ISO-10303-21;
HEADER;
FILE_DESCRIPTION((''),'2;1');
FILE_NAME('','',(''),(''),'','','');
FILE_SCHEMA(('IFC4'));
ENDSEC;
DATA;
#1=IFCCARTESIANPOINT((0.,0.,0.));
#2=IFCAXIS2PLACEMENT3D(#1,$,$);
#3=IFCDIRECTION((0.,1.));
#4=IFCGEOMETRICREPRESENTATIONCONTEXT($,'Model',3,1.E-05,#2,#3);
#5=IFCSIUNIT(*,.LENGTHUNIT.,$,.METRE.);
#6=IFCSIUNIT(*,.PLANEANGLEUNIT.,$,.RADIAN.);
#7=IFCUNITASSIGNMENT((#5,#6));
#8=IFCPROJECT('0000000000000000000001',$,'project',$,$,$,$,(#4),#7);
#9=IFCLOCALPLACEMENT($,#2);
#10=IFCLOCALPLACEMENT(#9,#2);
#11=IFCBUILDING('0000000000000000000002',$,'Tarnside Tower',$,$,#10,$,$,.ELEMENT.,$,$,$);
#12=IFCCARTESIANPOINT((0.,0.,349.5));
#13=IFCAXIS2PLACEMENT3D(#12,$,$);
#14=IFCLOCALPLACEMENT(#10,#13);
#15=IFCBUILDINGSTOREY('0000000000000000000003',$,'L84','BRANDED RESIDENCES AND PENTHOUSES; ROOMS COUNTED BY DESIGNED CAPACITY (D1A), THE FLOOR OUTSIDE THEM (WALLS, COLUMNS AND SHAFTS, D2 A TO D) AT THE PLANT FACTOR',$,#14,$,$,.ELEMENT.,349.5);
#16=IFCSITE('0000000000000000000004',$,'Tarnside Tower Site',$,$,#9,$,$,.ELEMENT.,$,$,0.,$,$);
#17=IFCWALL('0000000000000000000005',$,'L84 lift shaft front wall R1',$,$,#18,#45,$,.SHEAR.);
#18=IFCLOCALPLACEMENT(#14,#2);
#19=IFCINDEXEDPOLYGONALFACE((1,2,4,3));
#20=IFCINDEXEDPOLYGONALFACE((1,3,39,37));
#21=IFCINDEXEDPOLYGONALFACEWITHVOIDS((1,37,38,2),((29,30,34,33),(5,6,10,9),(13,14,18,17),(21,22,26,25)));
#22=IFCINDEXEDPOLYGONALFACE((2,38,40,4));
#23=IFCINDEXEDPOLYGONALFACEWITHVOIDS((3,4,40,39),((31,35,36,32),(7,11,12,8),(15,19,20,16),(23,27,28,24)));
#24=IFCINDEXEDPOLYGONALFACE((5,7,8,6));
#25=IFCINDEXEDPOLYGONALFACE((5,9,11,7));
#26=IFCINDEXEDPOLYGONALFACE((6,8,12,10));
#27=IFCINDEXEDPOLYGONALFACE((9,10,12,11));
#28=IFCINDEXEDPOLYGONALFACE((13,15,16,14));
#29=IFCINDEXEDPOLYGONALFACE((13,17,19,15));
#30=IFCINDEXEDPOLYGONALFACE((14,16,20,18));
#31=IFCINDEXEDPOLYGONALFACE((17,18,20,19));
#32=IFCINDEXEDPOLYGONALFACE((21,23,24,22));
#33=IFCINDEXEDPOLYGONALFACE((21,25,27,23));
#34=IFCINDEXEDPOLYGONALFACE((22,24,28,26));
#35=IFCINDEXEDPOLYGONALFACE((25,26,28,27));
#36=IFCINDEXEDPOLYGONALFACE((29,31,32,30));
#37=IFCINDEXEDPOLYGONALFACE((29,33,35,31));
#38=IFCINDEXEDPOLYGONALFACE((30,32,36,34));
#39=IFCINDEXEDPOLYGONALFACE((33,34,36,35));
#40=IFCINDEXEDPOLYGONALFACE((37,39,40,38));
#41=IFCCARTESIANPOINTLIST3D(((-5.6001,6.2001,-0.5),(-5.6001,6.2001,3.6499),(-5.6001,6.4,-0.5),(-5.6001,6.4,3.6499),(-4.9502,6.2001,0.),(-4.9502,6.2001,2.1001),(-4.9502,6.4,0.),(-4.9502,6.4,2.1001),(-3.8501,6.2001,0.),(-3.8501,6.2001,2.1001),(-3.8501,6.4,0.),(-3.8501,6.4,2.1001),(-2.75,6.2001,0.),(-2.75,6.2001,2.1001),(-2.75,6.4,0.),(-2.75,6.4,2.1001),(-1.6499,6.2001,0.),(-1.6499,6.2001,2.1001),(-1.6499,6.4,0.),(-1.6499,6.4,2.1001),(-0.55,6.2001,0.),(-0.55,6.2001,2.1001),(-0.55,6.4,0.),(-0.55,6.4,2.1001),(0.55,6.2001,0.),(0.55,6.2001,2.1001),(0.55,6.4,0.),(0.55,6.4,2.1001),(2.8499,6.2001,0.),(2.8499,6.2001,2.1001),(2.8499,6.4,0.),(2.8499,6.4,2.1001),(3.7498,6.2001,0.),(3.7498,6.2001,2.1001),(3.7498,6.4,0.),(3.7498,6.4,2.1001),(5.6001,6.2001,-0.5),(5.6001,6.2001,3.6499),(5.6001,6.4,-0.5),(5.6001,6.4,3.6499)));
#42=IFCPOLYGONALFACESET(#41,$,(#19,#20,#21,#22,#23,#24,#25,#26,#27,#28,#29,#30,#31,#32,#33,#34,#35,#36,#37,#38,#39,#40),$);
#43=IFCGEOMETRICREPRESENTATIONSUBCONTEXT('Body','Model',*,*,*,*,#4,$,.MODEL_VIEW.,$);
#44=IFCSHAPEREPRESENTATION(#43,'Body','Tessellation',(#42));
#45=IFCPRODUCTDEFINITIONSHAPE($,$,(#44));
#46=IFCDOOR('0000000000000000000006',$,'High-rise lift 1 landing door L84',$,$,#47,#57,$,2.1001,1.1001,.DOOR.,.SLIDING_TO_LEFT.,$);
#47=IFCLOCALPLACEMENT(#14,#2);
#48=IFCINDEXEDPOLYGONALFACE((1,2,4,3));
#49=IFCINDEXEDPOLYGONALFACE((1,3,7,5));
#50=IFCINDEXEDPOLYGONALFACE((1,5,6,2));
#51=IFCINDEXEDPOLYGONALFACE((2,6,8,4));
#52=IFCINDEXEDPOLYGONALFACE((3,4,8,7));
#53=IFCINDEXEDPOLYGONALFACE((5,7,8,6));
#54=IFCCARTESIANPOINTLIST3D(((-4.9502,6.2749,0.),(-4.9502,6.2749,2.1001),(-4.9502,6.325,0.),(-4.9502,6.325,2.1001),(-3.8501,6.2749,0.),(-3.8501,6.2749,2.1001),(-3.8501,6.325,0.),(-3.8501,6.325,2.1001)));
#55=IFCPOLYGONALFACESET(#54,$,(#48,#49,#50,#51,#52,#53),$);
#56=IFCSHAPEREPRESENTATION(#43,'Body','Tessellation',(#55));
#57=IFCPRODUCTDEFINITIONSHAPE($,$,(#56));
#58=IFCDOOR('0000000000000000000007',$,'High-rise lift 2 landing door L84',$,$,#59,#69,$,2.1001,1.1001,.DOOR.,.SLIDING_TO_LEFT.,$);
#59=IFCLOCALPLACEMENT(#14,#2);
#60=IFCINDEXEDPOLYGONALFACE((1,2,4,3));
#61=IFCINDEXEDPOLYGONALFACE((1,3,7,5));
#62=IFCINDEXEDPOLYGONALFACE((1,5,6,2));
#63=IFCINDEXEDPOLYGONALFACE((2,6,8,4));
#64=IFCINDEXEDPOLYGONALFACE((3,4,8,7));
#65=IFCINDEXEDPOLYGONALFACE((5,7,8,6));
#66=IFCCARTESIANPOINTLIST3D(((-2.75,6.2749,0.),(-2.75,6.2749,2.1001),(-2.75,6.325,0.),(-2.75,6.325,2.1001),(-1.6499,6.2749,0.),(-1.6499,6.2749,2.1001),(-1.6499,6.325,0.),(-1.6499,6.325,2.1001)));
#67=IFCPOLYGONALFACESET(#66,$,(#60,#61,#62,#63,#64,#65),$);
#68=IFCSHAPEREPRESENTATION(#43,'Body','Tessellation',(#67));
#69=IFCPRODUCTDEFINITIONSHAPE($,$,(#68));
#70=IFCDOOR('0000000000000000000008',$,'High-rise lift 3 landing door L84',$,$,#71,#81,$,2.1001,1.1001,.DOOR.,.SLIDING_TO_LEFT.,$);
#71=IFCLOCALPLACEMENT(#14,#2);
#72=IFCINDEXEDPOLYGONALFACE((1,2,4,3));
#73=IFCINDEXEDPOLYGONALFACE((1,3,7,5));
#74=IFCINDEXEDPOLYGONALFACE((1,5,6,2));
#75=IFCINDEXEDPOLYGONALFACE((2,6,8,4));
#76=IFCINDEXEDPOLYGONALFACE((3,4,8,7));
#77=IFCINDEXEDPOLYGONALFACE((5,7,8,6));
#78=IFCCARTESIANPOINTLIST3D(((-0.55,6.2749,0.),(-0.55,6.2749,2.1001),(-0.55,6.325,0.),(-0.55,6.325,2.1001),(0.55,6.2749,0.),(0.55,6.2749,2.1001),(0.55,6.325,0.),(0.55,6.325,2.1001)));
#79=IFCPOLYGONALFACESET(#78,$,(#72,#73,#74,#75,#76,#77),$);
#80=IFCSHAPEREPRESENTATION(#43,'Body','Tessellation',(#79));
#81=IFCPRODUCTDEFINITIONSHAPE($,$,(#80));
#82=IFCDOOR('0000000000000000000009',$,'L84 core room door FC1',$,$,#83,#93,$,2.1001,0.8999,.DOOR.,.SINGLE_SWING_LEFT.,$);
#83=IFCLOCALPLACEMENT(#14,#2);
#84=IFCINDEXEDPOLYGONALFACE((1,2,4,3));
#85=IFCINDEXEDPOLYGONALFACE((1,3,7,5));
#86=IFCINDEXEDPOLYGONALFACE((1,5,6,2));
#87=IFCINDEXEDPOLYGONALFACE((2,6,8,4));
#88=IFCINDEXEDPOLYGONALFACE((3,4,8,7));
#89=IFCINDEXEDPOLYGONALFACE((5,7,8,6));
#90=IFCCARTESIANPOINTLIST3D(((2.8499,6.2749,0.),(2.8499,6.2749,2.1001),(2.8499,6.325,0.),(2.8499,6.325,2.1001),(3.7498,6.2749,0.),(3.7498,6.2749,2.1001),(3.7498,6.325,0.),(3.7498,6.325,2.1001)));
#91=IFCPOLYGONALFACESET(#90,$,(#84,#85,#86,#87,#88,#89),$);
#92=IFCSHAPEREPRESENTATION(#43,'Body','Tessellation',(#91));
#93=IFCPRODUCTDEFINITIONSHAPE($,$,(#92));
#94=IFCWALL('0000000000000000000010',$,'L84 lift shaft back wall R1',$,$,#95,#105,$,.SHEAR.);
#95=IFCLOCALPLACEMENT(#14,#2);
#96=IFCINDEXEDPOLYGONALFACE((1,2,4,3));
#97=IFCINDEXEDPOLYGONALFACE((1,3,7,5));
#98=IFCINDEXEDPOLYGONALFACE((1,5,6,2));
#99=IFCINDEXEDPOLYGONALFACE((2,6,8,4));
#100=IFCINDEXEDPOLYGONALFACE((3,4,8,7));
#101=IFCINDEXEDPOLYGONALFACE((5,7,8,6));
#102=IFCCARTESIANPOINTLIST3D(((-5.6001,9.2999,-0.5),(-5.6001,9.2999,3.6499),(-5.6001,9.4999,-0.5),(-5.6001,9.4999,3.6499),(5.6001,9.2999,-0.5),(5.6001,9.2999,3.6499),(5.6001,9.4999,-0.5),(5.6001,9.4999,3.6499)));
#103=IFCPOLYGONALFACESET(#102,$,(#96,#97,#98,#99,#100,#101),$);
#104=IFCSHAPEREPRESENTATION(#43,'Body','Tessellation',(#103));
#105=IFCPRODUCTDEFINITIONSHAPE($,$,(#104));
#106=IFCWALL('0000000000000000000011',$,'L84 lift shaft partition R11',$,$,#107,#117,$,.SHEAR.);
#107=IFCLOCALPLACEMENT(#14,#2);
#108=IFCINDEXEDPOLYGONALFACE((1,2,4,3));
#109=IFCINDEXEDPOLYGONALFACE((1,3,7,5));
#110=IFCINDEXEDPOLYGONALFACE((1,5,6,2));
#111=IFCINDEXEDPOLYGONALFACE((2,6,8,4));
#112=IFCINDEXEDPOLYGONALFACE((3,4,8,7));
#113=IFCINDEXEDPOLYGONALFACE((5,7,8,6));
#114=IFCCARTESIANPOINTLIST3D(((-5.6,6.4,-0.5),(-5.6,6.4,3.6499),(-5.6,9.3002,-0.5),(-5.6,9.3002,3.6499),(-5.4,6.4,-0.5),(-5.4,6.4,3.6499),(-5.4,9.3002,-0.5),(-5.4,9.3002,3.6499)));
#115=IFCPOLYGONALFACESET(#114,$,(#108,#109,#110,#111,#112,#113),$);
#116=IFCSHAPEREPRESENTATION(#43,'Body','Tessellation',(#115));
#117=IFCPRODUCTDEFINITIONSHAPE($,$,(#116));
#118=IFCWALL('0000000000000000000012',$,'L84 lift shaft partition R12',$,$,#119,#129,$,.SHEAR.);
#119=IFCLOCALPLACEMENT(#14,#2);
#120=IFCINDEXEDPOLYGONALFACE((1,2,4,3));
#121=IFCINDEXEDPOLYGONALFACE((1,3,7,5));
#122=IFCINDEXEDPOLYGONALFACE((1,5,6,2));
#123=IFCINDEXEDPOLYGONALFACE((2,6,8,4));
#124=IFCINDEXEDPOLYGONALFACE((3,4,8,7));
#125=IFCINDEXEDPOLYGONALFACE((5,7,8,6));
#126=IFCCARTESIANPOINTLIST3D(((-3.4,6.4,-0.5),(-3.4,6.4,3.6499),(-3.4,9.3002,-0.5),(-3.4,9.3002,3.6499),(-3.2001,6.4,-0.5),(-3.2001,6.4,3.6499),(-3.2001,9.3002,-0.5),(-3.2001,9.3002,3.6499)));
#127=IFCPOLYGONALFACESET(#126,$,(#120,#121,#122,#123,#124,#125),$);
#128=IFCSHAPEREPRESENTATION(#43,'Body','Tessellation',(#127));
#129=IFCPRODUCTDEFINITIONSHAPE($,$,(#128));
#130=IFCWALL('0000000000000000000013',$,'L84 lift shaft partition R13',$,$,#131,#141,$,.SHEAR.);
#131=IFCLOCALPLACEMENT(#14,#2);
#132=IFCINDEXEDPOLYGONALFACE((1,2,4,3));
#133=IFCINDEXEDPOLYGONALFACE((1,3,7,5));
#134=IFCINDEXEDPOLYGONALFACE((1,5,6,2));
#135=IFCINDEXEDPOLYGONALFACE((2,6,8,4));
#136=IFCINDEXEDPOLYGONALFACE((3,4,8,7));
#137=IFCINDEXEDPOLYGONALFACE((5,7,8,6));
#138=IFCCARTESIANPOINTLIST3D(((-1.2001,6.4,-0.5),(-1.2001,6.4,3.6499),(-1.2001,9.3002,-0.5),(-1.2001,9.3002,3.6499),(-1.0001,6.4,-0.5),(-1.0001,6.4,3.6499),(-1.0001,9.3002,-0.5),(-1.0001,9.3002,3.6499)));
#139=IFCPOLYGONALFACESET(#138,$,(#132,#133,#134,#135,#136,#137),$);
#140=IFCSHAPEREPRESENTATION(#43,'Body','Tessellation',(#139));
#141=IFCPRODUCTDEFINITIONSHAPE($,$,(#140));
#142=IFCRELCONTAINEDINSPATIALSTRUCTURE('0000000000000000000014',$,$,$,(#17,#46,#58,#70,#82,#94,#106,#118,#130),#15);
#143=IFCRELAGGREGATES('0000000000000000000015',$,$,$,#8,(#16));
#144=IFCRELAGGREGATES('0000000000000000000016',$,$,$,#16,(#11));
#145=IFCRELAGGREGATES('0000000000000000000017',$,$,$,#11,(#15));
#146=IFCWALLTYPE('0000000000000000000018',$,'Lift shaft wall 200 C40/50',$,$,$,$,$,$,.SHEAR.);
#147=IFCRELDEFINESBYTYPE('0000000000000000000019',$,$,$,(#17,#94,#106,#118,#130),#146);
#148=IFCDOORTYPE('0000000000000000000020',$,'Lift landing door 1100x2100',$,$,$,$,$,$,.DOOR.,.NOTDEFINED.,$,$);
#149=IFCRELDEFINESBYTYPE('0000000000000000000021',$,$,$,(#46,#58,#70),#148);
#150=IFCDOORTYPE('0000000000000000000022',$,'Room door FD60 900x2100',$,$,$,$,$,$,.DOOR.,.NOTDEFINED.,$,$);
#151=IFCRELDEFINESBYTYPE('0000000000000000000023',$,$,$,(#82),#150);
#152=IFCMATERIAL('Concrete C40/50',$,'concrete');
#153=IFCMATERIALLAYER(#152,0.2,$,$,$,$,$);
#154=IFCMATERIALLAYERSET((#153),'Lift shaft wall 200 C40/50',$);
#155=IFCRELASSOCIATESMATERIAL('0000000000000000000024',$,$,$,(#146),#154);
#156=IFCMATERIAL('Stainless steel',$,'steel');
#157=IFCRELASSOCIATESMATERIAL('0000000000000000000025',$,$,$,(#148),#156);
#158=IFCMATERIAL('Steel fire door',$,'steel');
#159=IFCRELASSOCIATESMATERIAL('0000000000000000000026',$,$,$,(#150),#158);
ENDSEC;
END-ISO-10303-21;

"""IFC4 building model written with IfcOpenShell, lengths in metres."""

from ifc_helpers import new_model, si_unit, direction, frame, frame_2d, origin, place, context, subcontext, project, spatial, rectangle, extrude, material, layer, layer_set, type_object, element, fill, save


model = new_model("IFC4")

# Units and contexts
model_context = context("Model", 3, precision=1e-05, world=origin(), true_north=direction((0.0, 1.0)))
body_context = subcontext(model_context, "Body", "Model", "MODEL_VIEW")
ifc_project = project(units=[si_unit("LENGTHUNIT", "METRE"), si_unit("PLANEANGLEUNIT", "RADIAN")], contexts=[model_context])

# Site, building, storey
site_placement = place(None, origin())
site = spatial("IfcSite", under=ifc_project, at=site_placement, Name="Tarnside Tower Site", CompositionType="ELEMENT", RefElevation=0.0)
building_placement = place(site_placement, origin())
building = spatial("IfcBuilding", under=site, at=building_placement, Name="Tarnside Tower", CompositionType="ELEMENT")
storey_placement = place(building_placement, frame((0.0, 0.0, 349.5)))
storey = spatial("IfcBuildingStorey", under=building, at=storey_placement, Name="L84", Description="BRANDED RESIDENCES AND PENTHOUSES; ROOMS COUNTED BY DESIGNED CAPACITY (D1A), THE FLOOR OUTSIDE THEM (WALLS, COLUMNS AND SHAFTS, D2 A TO D) AT THE PLANT FACTOR", CompositionType="ELEMENT", Elevation=349.5)

# Shared definitions
ifc_material_1 = material(Name="Concrete C40/50", Category="concrete")

# Wall, openings, doors
ifc_layer_1 = layer(ifc_material_1, 0.2)
ifc_layer_set_1 = layer_set([ifc_layer_1], Name="Lift shaft wall 200 C40/50")
wall_type_1 = type_object("IfcWallType", Name="Lift shaft wall 200 C40/50", PredefinedType="SHEAR", material=ifc_layer_set_1)
wall_1_placement = place(storey_placement, frame((-5.6001, 6.3, -0.5), z_axis=(0.0, 0.0, 1.0), x_axis=(1.0, 0.0, 0.0)))
wall_1 = element("IfcWall", 1, at=wall_1_placement, inside=storey, type_object=wall_type_1, Name="L84 lift shaft front wall R1", PredefinedType="SHEAR", context=body_context, shape_type="SweptSolid", body=[
    extrude(rectangle(XDim=11.2002, YDim=0.2, at=frame_2d((5.6001, 0.0))), origin(), (0.0, 0.0, 1.0), 4.1499),
])
opening_1_placement = place(wall_1_placement, frame((8.45, 0.0, 0.5)))
opening_1 = element("IfcOpeningElement", 2, at=opening_1_placement, cuts=wall_1, PredefinedType="OPENING", context=body_context, shape_type="SweptSolid", body=[
    extrude(rectangle(XDim=0.8999, YDim=2.1001, at=frame_2d((0.45, 1.05))), frame((0.0, 0.1099, 0.0), z_axis=(0.0, -1.0, 0.0), x_axis=(1.0, 0.0, 0.0)), (0.0, 0.0, 1.0), 0.22),
])
opening_2_placement = place(wall_1_placement, frame((0.6499, 0.0, 0.5)))
opening_2 = element("IfcOpeningElement", 3, at=opening_2_placement, cuts=wall_1, PredefinedType="OPENING", context=body_context, shape_type="SweptSolid", body=[
    extrude(rectangle(XDim=1.1001, YDim=2.1001, at=frame_2d((0.55, 1.05))), frame((0.0, 0.1099, 0.0), z_axis=(0.0, -1.0, 0.0), x_axis=(1.0, 0.0, 0.0)), (0.0, 0.0, 1.0), 0.22),
])
opening_3_placement = place(wall_1_placement, frame((2.8501, 0.0, 0.5)))
opening_3 = element("IfcOpeningElement", 4, at=opening_3_placement, cuts=wall_1, PredefinedType="OPENING", context=body_context, shape_type="SweptSolid", body=[
    extrude(rectangle(XDim=1.1001, YDim=2.1001, at=frame_2d((0.55, 1.05))), frame((0.0, 0.1099, 0.0), z_axis=(0.0, -1.0, 0.0), x_axis=(1.0, 0.0, 0.0)), (0.0, 0.0, 1.0), 0.22),
])
opening_4_placement = place(wall_1_placement, frame((5.05, 0.0, 0.5)))
opening_4 = element("IfcOpeningElement", 5, at=opening_4_placement, cuts=wall_1, PredefinedType="OPENING", context=body_context, shape_type="SweptSolid", body=[
    extrude(rectangle(XDim=1.1001, YDim=2.1001, at=frame_2d((0.55, 1.05))), frame((0.0, 0.1099, 0.0), z_axis=(0.0, -1.0, 0.0), x_axis=(1.0, 0.0, 0.0)), (0.0, 0.0, 1.0), 0.22),
])
ifc_material_2 = material(Name="Stainless steel", Category="steel")
door_type_1 = type_object("IfcDoorType", Name="Lift landing door 1100x2100", OperationType="NOTDEFINED", PredefinedType="DOOR", material=ifc_material_2)
door_1_placement = place(opening_2_placement, origin())
door_1 = element("IfcDoor", 6, at=door_1_placement, inside=storey, type_object=door_type_1, Name="High-rise lift 1 landing door L84", OperationType="SLIDING_TO_LEFT", OverallHeight=2.1001, OverallWidth=1.1001, PredefinedType="DOOR", context=body_context, shape_type="SweptSolid", body=[
    extrude(rectangle(XDim=1.1001, YDim=2.1001, at=frame_2d((0.55, 1.05))), frame((0.0, 0.0249, 0.0), z_axis=(0.0, -1.0, 0.0), x_axis=(1.0, 0.0, 0.0)), (0.0, 0.0, 1.0), 0.05),
])
fill(opening_2, door_1)
door_2_placement = place(opening_3_placement, origin())
door_2 = element("IfcDoor", 7, at=door_2_placement, inside=storey, type_object=door_type_1, Name="High-rise lift 2 landing door L84", OperationType="SLIDING_TO_LEFT", OverallHeight=2.1001, OverallWidth=1.1001, PredefinedType="DOOR", context=body_context, shape_type="SweptSolid", body=[
    extrude(rectangle(XDim=1.1001, YDim=2.1001, at=frame_2d((0.55, 1.05))), frame((0.0, 0.0249, 0.0), z_axis=(0.0, -1.0, 0.0), x_axis=(1.0, 0.0, 0.0)), (0.0, 0.0, 1.0), 0.05),
])
fill(opening_3, door_2)
door_3_placement = place(opening_4_placement, origin())
door_3 = element("IfcDoor", 8, at=door_3_placement, inside=storey, type_object=door_type_1, Name="High-rise lift 3 landing door L84", OperationType="SLIDING_TO_LEFT", OverallHeight=2.1001, OverallWidth=1.1001, PredefinedType="DOOR", context=body_context, shape_type="SweptSolid", body=[
    extrude(rectangle(XDim=1.1001, YDim=2.1001, at=frame_2d((0.55, 1.05))), frame((0.0, 0.0249, 0.0), z_axis=(0.0, -1.0, 0.0), x_axis=(1.0, 0.0, 0.0)), (0.0, 0.0, 1.0), 0.05),
])
fill(opening_4, door_3)
ifc_material_3 = material(Name="Steel fire door", Category="steel")
door_type_2 = type_object("IfcDoorType", Name="Room door FD60 900x2100", OperationType="NOTDEFINED", PredefinedType="DOOR", material=ifc_material_3)
door_4_placement = place(opening_1_placement, origin())
door_4 = element("IfcDoor", 9, at=door_4_placement, inside=storey, type_object=door_type_2, Name="L84 core room door FC1", OperationType="SINGLE_SWING_LEFT", OverallHeight=2.1001, OverallWidth=0.8999, PredefinedType="DOOR", context=body_context, shape_type="SweptSolid", body=[
    extrude(rectangle(XDim=0.8999, YDim=2.1001, at=frame_2d((0.45, 1.05))), frame((0.0, 0.0249, 0.0), z_axis=(0.0, -1.0, 0.0), x_axis=(1.0, 0.0, 0.0)), (0.0, 0.0, 1.0), 0.05),
])
fill(opening_1, door_4)

# Walls
wall_2_placement = place(storey_placement, frame((-5.6001, 9.3999, -0.5), z_axis=(0.0, 0.0, 1.0), x_axis=(1.0, 0.0, 0.0)))
element("IfcWall", 10, at=wall_2_placement, inside=storey, type_object=wall_type_1, Name="L84 lift shaft back wall R1", PredefinedType="SHEAR", context=body_context, shape_type="SweptSolid", body=[
    extrude(rectangle(XDim=11.2002, YDim=0.2, at=frame_2d((5.6001, 0.0))), origin(), (0.0, 0.0, 1.0), 4.1499),
])
for number, where, z_axis, x_axis, name in (
    (11, (-5.5, 6.3999, -0.5), (0.0, 0.0, 1.0), (0.0, 1.0, 0.0), "L84 lift shaft partition R11"),
    (12, (-3.3, 6.3999, -0.5), (0.0, 0.0, 1.0), (0.0, 1.0, 0.0), "L84 lift shaft partition R12"),
    (13, (-1.1001, 6.3999, -0.5), (0.0, 0.0, 1.0), (0.0, 1.0, 0.0), "L84 lift shaft partition R13"),
):
    element("IfcWall", number, at=place(storey_placement, frame(where, z_axis=z_axis, x_axis=x_axis)), inside=storey, type_object=wall_type_1, Name=name, PredefinedType="SHEAR", context=body_context, shape_type="SweptSolid", body=[
        extrude(rectangle(XDim=2.9001, YDim=0.2, at=frame_2d((1.4502, 0.0))), origin(), (0.0, 0.0, 1.0), 4.1499),
    ])

save(model, "model.ifc")
